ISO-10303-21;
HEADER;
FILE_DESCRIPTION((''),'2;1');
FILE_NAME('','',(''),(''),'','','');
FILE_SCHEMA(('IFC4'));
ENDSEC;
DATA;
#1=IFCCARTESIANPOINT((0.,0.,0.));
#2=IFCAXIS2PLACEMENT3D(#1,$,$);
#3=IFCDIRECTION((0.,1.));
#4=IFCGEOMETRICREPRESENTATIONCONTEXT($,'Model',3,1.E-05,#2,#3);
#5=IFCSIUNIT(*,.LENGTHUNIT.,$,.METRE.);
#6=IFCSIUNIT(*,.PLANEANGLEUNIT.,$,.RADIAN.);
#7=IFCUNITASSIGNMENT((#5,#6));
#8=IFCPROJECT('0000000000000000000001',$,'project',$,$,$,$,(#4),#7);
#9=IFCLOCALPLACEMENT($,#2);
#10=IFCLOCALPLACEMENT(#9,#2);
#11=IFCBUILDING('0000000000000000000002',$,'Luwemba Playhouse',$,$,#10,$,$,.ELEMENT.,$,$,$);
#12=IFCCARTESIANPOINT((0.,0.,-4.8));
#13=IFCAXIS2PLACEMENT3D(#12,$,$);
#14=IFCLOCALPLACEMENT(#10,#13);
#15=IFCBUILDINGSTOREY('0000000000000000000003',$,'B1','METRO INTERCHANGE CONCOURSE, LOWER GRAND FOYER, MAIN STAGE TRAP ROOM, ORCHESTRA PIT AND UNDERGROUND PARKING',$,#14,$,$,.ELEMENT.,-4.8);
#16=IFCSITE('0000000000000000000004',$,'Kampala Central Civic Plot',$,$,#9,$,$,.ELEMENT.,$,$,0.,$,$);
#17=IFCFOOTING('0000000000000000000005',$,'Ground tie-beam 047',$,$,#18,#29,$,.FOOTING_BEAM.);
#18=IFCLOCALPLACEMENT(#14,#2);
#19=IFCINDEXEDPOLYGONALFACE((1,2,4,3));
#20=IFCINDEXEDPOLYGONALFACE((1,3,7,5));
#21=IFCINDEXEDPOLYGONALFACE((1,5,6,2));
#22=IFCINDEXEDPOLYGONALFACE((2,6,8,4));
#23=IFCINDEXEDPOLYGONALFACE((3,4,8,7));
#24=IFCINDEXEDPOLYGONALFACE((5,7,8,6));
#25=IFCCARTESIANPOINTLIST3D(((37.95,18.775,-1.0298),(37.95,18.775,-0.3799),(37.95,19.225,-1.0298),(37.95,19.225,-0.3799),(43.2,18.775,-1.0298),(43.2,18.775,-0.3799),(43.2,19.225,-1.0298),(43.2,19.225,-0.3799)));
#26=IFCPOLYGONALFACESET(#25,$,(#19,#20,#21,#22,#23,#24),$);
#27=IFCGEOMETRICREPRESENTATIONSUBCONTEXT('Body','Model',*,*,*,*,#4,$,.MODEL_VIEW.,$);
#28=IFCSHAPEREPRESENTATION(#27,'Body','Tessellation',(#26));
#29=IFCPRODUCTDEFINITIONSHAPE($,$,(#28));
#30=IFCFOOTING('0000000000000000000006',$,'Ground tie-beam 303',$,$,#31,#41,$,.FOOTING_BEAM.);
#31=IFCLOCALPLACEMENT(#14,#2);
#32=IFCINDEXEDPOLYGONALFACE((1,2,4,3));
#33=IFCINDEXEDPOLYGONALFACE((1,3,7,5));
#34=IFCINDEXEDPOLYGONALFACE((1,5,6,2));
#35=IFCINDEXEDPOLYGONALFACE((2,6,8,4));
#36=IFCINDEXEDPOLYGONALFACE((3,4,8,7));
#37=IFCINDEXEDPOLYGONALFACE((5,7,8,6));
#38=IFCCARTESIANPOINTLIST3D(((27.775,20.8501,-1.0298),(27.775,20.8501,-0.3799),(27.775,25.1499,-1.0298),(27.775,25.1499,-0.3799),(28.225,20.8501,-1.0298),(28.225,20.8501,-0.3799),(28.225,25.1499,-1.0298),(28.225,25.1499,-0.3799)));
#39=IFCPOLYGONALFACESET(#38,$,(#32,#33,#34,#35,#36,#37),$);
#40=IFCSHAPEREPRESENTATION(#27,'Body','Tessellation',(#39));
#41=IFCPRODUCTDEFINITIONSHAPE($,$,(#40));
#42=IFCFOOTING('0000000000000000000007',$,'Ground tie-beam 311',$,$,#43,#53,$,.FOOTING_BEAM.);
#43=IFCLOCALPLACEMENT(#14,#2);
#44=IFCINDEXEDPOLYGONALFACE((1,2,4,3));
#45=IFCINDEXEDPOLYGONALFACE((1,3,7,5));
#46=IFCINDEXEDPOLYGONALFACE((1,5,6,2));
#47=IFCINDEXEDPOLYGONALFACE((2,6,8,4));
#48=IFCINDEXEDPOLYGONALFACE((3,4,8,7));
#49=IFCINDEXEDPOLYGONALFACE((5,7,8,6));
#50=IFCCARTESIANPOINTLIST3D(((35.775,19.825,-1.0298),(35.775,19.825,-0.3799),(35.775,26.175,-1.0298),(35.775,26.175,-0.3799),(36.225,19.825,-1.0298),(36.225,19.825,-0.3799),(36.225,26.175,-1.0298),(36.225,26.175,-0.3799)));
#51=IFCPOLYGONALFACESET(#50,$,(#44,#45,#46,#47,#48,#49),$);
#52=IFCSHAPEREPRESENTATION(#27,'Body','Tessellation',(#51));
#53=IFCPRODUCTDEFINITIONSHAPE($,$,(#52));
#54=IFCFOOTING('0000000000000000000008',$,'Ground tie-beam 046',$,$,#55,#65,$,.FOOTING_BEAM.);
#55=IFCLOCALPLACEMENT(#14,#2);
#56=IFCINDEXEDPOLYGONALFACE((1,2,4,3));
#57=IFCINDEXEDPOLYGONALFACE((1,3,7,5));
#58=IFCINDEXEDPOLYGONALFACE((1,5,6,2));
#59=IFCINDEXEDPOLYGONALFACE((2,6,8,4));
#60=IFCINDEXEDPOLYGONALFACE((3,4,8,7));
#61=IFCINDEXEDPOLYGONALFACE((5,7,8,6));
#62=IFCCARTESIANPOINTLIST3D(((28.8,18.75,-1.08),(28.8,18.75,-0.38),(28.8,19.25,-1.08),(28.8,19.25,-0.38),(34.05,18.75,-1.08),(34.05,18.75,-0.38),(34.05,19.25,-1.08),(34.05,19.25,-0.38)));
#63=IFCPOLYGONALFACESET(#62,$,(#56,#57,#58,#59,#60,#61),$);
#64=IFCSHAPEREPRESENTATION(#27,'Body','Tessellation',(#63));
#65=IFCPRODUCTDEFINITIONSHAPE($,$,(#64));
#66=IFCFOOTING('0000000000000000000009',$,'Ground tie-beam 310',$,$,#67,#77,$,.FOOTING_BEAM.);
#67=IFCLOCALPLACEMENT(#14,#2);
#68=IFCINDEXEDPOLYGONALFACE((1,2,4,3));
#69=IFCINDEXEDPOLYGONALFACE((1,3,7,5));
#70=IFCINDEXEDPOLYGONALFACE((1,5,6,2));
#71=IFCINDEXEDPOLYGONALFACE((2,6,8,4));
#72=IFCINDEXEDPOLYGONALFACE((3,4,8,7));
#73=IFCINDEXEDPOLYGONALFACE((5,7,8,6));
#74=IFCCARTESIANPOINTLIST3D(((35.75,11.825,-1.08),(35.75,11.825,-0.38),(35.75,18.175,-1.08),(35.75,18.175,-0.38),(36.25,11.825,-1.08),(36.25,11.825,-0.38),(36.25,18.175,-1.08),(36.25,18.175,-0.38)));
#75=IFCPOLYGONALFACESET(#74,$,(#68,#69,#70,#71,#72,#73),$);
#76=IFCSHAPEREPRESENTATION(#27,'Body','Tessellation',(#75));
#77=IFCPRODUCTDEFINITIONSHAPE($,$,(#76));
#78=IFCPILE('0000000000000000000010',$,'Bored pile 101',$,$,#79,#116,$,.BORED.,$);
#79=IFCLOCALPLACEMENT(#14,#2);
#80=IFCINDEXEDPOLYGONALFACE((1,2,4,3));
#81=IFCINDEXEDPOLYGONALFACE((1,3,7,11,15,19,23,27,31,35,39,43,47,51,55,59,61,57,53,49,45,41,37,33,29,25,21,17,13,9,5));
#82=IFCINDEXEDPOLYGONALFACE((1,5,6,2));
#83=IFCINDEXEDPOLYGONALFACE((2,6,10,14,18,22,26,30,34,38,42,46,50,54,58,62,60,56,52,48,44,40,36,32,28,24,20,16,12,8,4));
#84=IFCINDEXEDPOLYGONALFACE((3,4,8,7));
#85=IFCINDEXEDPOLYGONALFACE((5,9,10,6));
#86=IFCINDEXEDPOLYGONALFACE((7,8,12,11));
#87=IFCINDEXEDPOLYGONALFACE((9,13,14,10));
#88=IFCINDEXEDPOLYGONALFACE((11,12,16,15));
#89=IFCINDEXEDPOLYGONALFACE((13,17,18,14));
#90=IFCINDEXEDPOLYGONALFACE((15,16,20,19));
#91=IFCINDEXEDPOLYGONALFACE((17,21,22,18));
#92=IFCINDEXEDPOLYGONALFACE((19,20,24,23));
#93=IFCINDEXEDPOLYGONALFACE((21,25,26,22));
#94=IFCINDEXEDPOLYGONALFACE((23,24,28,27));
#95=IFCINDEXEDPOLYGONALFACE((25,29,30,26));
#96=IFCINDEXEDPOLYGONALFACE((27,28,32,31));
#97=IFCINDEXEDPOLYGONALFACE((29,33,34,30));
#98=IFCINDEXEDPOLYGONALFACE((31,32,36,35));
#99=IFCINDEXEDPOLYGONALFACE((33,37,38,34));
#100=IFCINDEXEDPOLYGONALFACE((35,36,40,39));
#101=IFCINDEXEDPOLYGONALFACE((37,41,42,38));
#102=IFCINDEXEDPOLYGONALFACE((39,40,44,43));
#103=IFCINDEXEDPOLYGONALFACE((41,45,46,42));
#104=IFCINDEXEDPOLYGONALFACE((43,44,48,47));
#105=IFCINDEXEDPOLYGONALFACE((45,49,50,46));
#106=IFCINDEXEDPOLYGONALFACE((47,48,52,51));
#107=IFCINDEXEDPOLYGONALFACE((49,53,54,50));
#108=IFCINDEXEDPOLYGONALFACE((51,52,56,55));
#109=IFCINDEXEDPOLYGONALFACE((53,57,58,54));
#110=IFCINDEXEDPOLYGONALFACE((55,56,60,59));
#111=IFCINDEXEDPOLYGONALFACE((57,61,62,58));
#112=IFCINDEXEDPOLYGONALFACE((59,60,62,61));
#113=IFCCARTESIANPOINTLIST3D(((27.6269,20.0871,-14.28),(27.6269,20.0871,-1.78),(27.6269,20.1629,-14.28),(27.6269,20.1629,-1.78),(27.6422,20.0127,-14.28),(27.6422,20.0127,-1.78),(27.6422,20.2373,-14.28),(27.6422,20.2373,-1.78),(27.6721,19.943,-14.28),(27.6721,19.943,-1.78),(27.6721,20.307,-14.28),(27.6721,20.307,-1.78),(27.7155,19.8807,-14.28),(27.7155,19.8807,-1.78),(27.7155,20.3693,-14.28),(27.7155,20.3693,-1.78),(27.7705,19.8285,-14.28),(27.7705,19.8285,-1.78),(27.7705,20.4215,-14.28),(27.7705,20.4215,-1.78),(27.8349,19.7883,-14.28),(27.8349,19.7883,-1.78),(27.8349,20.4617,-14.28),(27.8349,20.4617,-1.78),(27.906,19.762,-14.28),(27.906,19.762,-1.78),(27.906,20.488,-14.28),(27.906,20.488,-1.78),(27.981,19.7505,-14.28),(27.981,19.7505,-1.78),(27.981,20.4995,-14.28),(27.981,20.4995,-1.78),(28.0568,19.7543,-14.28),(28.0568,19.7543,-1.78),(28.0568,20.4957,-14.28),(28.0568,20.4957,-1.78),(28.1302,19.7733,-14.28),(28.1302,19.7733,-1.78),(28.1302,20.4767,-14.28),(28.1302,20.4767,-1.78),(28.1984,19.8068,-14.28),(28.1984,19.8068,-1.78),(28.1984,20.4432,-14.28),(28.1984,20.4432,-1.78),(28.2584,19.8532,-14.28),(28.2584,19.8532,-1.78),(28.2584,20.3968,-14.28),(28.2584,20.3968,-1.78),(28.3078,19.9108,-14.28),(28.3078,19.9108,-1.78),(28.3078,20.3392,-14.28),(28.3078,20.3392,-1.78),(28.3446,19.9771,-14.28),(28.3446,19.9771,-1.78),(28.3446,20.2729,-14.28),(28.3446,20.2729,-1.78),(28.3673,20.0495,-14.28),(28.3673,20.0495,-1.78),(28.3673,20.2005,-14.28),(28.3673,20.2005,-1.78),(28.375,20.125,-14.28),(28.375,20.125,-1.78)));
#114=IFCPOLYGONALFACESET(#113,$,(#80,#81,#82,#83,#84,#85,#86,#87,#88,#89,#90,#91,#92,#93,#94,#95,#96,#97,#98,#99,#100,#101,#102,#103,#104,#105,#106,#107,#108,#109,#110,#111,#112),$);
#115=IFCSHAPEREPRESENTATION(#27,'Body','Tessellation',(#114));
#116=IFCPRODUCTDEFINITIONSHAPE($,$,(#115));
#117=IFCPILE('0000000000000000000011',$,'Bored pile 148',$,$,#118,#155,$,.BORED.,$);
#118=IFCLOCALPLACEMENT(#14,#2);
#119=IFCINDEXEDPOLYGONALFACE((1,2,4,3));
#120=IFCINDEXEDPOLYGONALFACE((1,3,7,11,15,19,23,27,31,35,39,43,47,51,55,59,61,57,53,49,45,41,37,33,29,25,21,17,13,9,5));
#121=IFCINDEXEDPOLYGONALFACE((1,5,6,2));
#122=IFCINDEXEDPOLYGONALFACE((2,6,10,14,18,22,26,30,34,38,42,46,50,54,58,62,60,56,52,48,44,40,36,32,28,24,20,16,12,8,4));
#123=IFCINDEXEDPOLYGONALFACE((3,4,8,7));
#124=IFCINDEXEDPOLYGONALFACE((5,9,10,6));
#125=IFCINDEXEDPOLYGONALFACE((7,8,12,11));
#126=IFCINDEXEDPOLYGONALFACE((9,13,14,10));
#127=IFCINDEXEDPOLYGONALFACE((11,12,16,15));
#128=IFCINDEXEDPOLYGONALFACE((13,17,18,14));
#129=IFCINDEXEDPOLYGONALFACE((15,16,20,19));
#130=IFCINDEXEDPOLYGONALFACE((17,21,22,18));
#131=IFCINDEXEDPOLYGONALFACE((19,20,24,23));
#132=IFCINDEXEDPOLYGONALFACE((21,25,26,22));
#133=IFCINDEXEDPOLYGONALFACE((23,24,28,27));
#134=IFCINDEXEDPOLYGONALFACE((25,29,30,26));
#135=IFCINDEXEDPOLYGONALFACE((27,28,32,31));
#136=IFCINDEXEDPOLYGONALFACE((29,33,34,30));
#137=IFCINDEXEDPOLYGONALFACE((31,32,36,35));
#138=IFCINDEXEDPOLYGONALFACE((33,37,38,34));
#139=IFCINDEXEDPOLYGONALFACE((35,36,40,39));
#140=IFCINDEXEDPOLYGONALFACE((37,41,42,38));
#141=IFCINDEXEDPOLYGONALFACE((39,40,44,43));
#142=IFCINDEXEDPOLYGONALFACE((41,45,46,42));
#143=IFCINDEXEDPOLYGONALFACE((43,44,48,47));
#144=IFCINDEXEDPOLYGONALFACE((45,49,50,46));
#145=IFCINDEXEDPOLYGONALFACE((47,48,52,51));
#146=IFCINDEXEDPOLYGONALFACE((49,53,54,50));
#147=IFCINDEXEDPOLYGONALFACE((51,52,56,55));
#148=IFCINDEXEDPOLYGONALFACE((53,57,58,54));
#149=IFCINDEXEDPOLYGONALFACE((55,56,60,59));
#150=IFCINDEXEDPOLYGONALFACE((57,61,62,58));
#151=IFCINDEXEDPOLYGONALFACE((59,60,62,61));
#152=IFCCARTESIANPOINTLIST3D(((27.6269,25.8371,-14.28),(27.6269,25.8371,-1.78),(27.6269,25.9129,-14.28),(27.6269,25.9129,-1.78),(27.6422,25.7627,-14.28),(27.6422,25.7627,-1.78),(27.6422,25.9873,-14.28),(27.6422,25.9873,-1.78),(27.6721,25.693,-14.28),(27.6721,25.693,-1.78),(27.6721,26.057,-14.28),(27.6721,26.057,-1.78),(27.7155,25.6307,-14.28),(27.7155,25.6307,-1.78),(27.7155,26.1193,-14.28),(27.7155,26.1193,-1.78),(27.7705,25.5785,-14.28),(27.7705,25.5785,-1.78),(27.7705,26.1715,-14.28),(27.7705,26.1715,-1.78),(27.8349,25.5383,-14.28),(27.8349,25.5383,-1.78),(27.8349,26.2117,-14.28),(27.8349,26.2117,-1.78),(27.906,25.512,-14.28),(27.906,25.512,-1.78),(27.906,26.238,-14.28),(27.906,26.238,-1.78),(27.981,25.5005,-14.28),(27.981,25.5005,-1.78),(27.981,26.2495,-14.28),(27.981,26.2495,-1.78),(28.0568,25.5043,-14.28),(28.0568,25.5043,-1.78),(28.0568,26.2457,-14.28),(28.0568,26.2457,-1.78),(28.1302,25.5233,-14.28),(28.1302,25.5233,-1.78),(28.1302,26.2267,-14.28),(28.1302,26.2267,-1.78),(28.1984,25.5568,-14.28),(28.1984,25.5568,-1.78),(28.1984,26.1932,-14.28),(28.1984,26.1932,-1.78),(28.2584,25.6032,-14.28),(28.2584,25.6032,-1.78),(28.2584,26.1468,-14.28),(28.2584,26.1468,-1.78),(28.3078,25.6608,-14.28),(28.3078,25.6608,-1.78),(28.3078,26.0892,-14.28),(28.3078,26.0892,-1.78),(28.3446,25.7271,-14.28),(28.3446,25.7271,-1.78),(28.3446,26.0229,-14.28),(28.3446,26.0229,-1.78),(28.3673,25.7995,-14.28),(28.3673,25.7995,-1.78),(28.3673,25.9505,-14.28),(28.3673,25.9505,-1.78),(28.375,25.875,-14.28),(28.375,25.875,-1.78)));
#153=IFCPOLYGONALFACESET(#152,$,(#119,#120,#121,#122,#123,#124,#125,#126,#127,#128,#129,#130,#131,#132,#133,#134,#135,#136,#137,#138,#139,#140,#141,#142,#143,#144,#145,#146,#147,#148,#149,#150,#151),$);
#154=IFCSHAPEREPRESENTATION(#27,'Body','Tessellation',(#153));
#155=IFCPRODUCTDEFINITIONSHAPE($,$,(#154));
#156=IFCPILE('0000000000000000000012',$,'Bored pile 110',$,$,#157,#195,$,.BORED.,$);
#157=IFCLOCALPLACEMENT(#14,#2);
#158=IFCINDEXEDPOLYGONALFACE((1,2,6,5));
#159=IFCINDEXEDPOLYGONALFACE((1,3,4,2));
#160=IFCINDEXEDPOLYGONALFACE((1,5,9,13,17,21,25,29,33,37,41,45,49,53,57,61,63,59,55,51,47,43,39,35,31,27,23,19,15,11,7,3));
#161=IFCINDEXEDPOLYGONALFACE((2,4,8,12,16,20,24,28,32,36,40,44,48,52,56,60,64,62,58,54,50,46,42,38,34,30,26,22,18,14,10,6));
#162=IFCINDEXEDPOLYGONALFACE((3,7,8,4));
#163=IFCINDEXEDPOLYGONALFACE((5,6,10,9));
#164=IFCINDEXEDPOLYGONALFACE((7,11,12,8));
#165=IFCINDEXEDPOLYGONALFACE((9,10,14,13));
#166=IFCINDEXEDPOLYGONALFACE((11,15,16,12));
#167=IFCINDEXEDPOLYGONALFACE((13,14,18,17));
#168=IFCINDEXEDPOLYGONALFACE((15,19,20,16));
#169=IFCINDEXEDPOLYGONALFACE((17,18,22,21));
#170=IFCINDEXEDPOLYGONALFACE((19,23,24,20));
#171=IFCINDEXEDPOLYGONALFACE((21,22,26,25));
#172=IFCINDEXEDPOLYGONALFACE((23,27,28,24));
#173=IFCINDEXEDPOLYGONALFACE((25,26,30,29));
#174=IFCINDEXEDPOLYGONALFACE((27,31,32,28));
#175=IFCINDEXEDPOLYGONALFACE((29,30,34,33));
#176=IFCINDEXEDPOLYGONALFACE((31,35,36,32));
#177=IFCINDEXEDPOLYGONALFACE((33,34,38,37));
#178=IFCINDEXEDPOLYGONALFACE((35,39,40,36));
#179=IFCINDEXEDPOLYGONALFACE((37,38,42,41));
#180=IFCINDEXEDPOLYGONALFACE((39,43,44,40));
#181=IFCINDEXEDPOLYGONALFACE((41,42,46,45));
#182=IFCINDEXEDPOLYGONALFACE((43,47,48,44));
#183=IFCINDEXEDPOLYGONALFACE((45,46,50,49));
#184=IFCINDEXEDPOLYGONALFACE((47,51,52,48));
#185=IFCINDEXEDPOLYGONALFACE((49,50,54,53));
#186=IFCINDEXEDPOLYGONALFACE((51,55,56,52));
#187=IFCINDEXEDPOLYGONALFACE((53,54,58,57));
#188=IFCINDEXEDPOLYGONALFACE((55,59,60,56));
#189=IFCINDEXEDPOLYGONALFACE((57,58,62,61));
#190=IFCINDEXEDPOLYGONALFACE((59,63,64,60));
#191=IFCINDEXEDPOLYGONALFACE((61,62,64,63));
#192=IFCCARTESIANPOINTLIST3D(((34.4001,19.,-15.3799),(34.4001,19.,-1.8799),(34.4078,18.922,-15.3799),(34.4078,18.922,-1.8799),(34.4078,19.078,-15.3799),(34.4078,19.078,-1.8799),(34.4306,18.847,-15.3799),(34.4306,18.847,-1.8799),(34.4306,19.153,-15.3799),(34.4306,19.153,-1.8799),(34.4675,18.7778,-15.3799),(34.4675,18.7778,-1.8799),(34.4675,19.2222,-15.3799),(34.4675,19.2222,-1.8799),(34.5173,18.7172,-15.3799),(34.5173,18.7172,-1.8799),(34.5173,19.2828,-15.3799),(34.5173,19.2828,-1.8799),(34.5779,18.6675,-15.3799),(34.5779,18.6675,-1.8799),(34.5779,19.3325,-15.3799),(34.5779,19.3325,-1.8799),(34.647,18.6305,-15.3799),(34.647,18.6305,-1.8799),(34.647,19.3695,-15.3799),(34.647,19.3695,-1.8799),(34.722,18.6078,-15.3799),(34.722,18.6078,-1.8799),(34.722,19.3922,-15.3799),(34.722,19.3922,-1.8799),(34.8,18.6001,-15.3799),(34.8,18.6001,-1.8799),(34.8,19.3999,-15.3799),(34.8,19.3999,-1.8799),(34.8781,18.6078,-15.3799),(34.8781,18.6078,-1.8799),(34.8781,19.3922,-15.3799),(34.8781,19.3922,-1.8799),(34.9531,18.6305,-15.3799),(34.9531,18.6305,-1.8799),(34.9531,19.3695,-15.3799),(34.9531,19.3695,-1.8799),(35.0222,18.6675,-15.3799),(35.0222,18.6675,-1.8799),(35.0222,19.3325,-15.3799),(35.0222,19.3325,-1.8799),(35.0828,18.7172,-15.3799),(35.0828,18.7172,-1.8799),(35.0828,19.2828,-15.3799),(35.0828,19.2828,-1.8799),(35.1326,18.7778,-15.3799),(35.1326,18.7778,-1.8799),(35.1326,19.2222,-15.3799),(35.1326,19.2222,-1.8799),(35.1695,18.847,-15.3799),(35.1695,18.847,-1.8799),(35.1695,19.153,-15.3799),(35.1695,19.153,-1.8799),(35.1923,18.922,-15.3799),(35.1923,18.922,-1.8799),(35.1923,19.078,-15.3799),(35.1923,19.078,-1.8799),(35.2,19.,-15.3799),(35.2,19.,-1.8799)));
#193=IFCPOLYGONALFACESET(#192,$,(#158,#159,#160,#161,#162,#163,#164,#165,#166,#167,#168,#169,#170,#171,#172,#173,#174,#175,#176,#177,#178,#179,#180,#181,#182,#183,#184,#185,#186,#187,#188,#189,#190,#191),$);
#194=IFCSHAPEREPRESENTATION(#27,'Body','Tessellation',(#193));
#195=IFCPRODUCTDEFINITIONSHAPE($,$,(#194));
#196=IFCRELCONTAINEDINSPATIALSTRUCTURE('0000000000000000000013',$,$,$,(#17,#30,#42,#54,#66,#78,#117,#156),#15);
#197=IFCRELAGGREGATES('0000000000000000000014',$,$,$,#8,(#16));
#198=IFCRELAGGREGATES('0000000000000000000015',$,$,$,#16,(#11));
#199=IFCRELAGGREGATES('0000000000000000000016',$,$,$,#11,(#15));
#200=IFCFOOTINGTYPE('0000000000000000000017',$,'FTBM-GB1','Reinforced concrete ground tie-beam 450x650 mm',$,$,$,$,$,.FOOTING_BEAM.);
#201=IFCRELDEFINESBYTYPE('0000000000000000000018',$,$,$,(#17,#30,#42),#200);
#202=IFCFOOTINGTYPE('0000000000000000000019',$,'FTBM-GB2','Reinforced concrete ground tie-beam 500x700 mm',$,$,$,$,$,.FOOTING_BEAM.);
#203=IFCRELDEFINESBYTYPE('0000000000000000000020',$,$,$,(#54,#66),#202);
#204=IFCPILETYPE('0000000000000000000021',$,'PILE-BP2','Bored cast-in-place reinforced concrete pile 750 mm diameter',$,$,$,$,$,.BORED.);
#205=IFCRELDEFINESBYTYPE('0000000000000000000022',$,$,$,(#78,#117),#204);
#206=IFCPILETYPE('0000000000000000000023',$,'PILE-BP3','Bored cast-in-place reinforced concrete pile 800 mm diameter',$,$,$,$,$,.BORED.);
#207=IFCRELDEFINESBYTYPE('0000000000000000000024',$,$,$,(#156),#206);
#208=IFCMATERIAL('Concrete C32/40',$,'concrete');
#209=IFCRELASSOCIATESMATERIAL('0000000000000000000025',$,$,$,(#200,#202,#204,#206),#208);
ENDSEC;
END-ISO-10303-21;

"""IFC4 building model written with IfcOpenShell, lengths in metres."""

from ifc_helpers import new_model, si_unit, direction, frame, origin, origin_2d, place, context, subcontext, project, spatial, rectangle, circle, extrude, material, material_profile, profile_set, type_object, element, save


model = new_model("IFC4")

# Units and contexts
model_context = context("Model", 3, precision=1e-05, world=origin(), true_north=direction((0.0, 1.0)))
body_context = subcontext(model_context, "Body", "Model", "MODEL_VIEW")
ifc_project = project(units=[si_unit("LENGTHUNIT", "METRE"), si_unit("PLANEANGLEUNIT", "RADIAN")], contexts=[model_context])

# Site, building, storey
site_placement = place(None, origin())
site = spatial("IfcSite", under=ifc_project, at=site_placement, Name="Kampala Central Civic Plot", CompositionType="ELEMENT", RefElevation=0.0)
building_placement = place(site_placement, origin())
building = spatial("IfcBuilding", under=site, at=building_placement, Name="Luwemba Playhouse", CompositionType="ELEMENT")
storey_placement = place(building_placement, frame((0.0, 0.0, -4.8)))
storey = spatial("IfcBuildingStorey", under=building, at=storey_placement, Name="B1", Description="METRO INTERCHANGE CONCOURSE, LOWER GRAND FOYER, MAIN STAGE TRAP ROOM, ORCHESTRA PIT AND UNDERGROUND PARKING", CompositionType="ELEMENT", Elevation=-4.8)

# Footings
ifc_material_1 = material(Name="Concrete C32/40", Category="concrete")
ifc_material_profile_1 = material_profile(ifc_material_1, rectangle(XDim=0.45, YDim=0.6499, at=origin_2d()))
ifc_profile_set_1 = profile_set([ifc_material_profile_1], Name="Concrete C32/40")
footing_type_1 = type_object("IfcFootingType", Name="FTBM-GB1", Description="Reinforced concrete ground tie-beam 450x650 mm", PredefinedType="FOOTING_BEAM", material=ifc_profile_set_1)
footing_1_placement = place(storey_placement, frame((37.95, 19.0, -0.7048), z_axis=(1.0, 0.0, 0.0), x_axis=(0.0, 1.0, 0.0)))
element("IfcFooting", 1, at=footing_1_placement, inside=storey, type_object=footing_type_1, Name="Ground tie-beam 047", PredefinedType="FOOTING_BEAM", context=body_context, shape_type="SweptSolid", body=[
    extrude(rectangle(XDim=0.45, YDim=0.6499, at=origin_2d()), origin(), (0.0, 0.0, 1.0), 5.25),
])
footing_2_placement = place(storey_placement, frame((28.0, 20.8501, -0.7048), z_axis=(0.0, 1.0, 0.0), x_axis=(-1.0, 0.0, 0.0)))
element("IfcFooting", 2, at=footing_2_placement, inside=storey, type_object=footing_type_1, Name="Ground tie-beam 303", PredefinedType="FOOTING_BEAM", context=body_context, shape_type="SweptSolid", body=[
    extrude(rectangle(XDim=0.45, YDim=0.6499, at=origin_2d()), origin(), (0.0, 0.0, 1.0), 4.2998),
])
footing_3_placement = place(storey_placement, frame((36.0, 19.825, -0.7048), z_axis=(0.0, 1.0, 0.0), x_axis=(-1.0, 0.0, 0.0)))
element("IfcFooting", 3, at=footing_3_placement, inside=storey, type_object=footing_type_1, Name="Ground tie-beam 311", PredefinedType="FOOTING_BEAM", context=body_context, shape_type="SweptSolid", body=[
    extrude(rectangle(XDim=0.45, YDim=0.6499, at=origin_2d()), origin(), (0.0, 0.0, 1.0), 6.3501),
])
ifc_material_profile_2 = material_profile(ifc_material_1, rectangle(XDim=0.5, YDim=0.7, at=origin_2d()))
ifc_profile_set_2 = profile_set([ifc_material_profile_2], Name="Concrete C32/40")
footing_type_2 = type_object("IfcFootingType", Name="FTBM-GB2", Description="Reinforced concrete ground tie-beam 500x700 mm", PredefinedType="FOOTING_BEAM", material=ifc_profile_set_2)
footing_4_placement = place(storey_placement, frame((28.8, 19.0, -0.73), z_axis=(1.0, 0.0, 0.0), x_axis=(0.0, 1.0, 0.0)))
element("IfcFooting", 4, at=footing_4_placement, inside=storey, type_object=footing_type_2, Name="Ground tie-beam 046", PredefinedType="FOOTING_BEAM", context=body_context, shape_type="SweptSolid", body=[
    extrude(rectangle(XDim=0.5, YDim=0.7, at=origin_2d()), origin(), (0.0, 0.0, 1.0), 5.25),
])
footing_5_placement = place(storey_placement, frame((36.0, 11.825, -0.73), z_axis=(0.0, 1.0, 0.0), x_axis=(-1.0, 0.0, 0.0)))
element("IfcFooting", 5, at=footing_5_placement, inside=storey, type_object=footing_type_2, Name="Ground tie-beam 310", PredefinedType="FOOTING_BEAM", context=body_context, shape_type="SweptSolid", body=[
    extrude(rectangle(XDim=0.5, YDim=0.7, at=origin_2d()), origin(), (0.0, 0.0, 1.0), 6.3501),
])

# Piles
ifc_material_profile_3 = material_profile(ifc_material_1, circle(Radius=0.375, at=origin_2d()))
ifc_profile_set_3 = profile_set([ifc_material_profile_3], Name="Concrete C32/40")
pile_type_1 = type_object("IfcPileType", Name="PILE-BP2", Description="Bored cast-in-place reinforced concrete pile 750 mm diameter", PredefinedType="BORED", material=ifc_profile_set_3)
for number, where, z_axis, x_axis, name in (
    (6, (28.0, 20.125, -1.78), (0.0, 0.0, -1.0), (1.0, 0.0, 0.0), "Bored pile 101"),
    (7, (28.0, 25.875, -1.78), (0.0, 0.0, -1.0), (1.0, 0.0, 0.0), "Bored pile 148"),
):
    element("IfcPile", number, at=place(storey_placement, frame(where, z_axis=z_axis, x_axis=x_axis)), inside=storey, type_object=pile_type_1, Name=name, PredefinedType="BORED", context=body_context, shape_type="SweptSolid", body=[
        extrude(circle(Radius=0.375, at=origin_2d()), origin(), (0.0, 0.0, 1.0), 12.5),
    ])
ifc_material_profile_4 = material_profile(ifc_material_1, circle(Radius=0.3999, at=origin_2d()))
ifc_profile_set_4 = profile_set([ifc_material_profile_4], Name="Concrete C32/40")
pile_type_2 = type_object("IfcPileType", Name="PILE-BP3", Description="Bored cast-in-place reinforced concrete pile 800 mm diameter", PredefinedType="BORED", material=ifc_profile_set_4)
for number, where, z_axis, x_axis, name in (
    (8, (34.8, 19.0, -1.8799), (0.0, 0.0, -1.0), (1.0, 0.0, 0.0), "Bored pile 110"),
):
    element("IfcPile", number, at=place(storey_placement, frame(where, z_axis=z_axis, x_axis=x_axis)), inside=storey, type_object=pile_type_2, Name=name, PredefinedType="BORED", context=body_context, shape_type="SweptSolid", body=[
        extrude(circle(Radius=0.3999, at=origin_2d()), origin(), (0.0, 0.0, 1.0), 13.5),
    ])

save(model, "model.ifc")
